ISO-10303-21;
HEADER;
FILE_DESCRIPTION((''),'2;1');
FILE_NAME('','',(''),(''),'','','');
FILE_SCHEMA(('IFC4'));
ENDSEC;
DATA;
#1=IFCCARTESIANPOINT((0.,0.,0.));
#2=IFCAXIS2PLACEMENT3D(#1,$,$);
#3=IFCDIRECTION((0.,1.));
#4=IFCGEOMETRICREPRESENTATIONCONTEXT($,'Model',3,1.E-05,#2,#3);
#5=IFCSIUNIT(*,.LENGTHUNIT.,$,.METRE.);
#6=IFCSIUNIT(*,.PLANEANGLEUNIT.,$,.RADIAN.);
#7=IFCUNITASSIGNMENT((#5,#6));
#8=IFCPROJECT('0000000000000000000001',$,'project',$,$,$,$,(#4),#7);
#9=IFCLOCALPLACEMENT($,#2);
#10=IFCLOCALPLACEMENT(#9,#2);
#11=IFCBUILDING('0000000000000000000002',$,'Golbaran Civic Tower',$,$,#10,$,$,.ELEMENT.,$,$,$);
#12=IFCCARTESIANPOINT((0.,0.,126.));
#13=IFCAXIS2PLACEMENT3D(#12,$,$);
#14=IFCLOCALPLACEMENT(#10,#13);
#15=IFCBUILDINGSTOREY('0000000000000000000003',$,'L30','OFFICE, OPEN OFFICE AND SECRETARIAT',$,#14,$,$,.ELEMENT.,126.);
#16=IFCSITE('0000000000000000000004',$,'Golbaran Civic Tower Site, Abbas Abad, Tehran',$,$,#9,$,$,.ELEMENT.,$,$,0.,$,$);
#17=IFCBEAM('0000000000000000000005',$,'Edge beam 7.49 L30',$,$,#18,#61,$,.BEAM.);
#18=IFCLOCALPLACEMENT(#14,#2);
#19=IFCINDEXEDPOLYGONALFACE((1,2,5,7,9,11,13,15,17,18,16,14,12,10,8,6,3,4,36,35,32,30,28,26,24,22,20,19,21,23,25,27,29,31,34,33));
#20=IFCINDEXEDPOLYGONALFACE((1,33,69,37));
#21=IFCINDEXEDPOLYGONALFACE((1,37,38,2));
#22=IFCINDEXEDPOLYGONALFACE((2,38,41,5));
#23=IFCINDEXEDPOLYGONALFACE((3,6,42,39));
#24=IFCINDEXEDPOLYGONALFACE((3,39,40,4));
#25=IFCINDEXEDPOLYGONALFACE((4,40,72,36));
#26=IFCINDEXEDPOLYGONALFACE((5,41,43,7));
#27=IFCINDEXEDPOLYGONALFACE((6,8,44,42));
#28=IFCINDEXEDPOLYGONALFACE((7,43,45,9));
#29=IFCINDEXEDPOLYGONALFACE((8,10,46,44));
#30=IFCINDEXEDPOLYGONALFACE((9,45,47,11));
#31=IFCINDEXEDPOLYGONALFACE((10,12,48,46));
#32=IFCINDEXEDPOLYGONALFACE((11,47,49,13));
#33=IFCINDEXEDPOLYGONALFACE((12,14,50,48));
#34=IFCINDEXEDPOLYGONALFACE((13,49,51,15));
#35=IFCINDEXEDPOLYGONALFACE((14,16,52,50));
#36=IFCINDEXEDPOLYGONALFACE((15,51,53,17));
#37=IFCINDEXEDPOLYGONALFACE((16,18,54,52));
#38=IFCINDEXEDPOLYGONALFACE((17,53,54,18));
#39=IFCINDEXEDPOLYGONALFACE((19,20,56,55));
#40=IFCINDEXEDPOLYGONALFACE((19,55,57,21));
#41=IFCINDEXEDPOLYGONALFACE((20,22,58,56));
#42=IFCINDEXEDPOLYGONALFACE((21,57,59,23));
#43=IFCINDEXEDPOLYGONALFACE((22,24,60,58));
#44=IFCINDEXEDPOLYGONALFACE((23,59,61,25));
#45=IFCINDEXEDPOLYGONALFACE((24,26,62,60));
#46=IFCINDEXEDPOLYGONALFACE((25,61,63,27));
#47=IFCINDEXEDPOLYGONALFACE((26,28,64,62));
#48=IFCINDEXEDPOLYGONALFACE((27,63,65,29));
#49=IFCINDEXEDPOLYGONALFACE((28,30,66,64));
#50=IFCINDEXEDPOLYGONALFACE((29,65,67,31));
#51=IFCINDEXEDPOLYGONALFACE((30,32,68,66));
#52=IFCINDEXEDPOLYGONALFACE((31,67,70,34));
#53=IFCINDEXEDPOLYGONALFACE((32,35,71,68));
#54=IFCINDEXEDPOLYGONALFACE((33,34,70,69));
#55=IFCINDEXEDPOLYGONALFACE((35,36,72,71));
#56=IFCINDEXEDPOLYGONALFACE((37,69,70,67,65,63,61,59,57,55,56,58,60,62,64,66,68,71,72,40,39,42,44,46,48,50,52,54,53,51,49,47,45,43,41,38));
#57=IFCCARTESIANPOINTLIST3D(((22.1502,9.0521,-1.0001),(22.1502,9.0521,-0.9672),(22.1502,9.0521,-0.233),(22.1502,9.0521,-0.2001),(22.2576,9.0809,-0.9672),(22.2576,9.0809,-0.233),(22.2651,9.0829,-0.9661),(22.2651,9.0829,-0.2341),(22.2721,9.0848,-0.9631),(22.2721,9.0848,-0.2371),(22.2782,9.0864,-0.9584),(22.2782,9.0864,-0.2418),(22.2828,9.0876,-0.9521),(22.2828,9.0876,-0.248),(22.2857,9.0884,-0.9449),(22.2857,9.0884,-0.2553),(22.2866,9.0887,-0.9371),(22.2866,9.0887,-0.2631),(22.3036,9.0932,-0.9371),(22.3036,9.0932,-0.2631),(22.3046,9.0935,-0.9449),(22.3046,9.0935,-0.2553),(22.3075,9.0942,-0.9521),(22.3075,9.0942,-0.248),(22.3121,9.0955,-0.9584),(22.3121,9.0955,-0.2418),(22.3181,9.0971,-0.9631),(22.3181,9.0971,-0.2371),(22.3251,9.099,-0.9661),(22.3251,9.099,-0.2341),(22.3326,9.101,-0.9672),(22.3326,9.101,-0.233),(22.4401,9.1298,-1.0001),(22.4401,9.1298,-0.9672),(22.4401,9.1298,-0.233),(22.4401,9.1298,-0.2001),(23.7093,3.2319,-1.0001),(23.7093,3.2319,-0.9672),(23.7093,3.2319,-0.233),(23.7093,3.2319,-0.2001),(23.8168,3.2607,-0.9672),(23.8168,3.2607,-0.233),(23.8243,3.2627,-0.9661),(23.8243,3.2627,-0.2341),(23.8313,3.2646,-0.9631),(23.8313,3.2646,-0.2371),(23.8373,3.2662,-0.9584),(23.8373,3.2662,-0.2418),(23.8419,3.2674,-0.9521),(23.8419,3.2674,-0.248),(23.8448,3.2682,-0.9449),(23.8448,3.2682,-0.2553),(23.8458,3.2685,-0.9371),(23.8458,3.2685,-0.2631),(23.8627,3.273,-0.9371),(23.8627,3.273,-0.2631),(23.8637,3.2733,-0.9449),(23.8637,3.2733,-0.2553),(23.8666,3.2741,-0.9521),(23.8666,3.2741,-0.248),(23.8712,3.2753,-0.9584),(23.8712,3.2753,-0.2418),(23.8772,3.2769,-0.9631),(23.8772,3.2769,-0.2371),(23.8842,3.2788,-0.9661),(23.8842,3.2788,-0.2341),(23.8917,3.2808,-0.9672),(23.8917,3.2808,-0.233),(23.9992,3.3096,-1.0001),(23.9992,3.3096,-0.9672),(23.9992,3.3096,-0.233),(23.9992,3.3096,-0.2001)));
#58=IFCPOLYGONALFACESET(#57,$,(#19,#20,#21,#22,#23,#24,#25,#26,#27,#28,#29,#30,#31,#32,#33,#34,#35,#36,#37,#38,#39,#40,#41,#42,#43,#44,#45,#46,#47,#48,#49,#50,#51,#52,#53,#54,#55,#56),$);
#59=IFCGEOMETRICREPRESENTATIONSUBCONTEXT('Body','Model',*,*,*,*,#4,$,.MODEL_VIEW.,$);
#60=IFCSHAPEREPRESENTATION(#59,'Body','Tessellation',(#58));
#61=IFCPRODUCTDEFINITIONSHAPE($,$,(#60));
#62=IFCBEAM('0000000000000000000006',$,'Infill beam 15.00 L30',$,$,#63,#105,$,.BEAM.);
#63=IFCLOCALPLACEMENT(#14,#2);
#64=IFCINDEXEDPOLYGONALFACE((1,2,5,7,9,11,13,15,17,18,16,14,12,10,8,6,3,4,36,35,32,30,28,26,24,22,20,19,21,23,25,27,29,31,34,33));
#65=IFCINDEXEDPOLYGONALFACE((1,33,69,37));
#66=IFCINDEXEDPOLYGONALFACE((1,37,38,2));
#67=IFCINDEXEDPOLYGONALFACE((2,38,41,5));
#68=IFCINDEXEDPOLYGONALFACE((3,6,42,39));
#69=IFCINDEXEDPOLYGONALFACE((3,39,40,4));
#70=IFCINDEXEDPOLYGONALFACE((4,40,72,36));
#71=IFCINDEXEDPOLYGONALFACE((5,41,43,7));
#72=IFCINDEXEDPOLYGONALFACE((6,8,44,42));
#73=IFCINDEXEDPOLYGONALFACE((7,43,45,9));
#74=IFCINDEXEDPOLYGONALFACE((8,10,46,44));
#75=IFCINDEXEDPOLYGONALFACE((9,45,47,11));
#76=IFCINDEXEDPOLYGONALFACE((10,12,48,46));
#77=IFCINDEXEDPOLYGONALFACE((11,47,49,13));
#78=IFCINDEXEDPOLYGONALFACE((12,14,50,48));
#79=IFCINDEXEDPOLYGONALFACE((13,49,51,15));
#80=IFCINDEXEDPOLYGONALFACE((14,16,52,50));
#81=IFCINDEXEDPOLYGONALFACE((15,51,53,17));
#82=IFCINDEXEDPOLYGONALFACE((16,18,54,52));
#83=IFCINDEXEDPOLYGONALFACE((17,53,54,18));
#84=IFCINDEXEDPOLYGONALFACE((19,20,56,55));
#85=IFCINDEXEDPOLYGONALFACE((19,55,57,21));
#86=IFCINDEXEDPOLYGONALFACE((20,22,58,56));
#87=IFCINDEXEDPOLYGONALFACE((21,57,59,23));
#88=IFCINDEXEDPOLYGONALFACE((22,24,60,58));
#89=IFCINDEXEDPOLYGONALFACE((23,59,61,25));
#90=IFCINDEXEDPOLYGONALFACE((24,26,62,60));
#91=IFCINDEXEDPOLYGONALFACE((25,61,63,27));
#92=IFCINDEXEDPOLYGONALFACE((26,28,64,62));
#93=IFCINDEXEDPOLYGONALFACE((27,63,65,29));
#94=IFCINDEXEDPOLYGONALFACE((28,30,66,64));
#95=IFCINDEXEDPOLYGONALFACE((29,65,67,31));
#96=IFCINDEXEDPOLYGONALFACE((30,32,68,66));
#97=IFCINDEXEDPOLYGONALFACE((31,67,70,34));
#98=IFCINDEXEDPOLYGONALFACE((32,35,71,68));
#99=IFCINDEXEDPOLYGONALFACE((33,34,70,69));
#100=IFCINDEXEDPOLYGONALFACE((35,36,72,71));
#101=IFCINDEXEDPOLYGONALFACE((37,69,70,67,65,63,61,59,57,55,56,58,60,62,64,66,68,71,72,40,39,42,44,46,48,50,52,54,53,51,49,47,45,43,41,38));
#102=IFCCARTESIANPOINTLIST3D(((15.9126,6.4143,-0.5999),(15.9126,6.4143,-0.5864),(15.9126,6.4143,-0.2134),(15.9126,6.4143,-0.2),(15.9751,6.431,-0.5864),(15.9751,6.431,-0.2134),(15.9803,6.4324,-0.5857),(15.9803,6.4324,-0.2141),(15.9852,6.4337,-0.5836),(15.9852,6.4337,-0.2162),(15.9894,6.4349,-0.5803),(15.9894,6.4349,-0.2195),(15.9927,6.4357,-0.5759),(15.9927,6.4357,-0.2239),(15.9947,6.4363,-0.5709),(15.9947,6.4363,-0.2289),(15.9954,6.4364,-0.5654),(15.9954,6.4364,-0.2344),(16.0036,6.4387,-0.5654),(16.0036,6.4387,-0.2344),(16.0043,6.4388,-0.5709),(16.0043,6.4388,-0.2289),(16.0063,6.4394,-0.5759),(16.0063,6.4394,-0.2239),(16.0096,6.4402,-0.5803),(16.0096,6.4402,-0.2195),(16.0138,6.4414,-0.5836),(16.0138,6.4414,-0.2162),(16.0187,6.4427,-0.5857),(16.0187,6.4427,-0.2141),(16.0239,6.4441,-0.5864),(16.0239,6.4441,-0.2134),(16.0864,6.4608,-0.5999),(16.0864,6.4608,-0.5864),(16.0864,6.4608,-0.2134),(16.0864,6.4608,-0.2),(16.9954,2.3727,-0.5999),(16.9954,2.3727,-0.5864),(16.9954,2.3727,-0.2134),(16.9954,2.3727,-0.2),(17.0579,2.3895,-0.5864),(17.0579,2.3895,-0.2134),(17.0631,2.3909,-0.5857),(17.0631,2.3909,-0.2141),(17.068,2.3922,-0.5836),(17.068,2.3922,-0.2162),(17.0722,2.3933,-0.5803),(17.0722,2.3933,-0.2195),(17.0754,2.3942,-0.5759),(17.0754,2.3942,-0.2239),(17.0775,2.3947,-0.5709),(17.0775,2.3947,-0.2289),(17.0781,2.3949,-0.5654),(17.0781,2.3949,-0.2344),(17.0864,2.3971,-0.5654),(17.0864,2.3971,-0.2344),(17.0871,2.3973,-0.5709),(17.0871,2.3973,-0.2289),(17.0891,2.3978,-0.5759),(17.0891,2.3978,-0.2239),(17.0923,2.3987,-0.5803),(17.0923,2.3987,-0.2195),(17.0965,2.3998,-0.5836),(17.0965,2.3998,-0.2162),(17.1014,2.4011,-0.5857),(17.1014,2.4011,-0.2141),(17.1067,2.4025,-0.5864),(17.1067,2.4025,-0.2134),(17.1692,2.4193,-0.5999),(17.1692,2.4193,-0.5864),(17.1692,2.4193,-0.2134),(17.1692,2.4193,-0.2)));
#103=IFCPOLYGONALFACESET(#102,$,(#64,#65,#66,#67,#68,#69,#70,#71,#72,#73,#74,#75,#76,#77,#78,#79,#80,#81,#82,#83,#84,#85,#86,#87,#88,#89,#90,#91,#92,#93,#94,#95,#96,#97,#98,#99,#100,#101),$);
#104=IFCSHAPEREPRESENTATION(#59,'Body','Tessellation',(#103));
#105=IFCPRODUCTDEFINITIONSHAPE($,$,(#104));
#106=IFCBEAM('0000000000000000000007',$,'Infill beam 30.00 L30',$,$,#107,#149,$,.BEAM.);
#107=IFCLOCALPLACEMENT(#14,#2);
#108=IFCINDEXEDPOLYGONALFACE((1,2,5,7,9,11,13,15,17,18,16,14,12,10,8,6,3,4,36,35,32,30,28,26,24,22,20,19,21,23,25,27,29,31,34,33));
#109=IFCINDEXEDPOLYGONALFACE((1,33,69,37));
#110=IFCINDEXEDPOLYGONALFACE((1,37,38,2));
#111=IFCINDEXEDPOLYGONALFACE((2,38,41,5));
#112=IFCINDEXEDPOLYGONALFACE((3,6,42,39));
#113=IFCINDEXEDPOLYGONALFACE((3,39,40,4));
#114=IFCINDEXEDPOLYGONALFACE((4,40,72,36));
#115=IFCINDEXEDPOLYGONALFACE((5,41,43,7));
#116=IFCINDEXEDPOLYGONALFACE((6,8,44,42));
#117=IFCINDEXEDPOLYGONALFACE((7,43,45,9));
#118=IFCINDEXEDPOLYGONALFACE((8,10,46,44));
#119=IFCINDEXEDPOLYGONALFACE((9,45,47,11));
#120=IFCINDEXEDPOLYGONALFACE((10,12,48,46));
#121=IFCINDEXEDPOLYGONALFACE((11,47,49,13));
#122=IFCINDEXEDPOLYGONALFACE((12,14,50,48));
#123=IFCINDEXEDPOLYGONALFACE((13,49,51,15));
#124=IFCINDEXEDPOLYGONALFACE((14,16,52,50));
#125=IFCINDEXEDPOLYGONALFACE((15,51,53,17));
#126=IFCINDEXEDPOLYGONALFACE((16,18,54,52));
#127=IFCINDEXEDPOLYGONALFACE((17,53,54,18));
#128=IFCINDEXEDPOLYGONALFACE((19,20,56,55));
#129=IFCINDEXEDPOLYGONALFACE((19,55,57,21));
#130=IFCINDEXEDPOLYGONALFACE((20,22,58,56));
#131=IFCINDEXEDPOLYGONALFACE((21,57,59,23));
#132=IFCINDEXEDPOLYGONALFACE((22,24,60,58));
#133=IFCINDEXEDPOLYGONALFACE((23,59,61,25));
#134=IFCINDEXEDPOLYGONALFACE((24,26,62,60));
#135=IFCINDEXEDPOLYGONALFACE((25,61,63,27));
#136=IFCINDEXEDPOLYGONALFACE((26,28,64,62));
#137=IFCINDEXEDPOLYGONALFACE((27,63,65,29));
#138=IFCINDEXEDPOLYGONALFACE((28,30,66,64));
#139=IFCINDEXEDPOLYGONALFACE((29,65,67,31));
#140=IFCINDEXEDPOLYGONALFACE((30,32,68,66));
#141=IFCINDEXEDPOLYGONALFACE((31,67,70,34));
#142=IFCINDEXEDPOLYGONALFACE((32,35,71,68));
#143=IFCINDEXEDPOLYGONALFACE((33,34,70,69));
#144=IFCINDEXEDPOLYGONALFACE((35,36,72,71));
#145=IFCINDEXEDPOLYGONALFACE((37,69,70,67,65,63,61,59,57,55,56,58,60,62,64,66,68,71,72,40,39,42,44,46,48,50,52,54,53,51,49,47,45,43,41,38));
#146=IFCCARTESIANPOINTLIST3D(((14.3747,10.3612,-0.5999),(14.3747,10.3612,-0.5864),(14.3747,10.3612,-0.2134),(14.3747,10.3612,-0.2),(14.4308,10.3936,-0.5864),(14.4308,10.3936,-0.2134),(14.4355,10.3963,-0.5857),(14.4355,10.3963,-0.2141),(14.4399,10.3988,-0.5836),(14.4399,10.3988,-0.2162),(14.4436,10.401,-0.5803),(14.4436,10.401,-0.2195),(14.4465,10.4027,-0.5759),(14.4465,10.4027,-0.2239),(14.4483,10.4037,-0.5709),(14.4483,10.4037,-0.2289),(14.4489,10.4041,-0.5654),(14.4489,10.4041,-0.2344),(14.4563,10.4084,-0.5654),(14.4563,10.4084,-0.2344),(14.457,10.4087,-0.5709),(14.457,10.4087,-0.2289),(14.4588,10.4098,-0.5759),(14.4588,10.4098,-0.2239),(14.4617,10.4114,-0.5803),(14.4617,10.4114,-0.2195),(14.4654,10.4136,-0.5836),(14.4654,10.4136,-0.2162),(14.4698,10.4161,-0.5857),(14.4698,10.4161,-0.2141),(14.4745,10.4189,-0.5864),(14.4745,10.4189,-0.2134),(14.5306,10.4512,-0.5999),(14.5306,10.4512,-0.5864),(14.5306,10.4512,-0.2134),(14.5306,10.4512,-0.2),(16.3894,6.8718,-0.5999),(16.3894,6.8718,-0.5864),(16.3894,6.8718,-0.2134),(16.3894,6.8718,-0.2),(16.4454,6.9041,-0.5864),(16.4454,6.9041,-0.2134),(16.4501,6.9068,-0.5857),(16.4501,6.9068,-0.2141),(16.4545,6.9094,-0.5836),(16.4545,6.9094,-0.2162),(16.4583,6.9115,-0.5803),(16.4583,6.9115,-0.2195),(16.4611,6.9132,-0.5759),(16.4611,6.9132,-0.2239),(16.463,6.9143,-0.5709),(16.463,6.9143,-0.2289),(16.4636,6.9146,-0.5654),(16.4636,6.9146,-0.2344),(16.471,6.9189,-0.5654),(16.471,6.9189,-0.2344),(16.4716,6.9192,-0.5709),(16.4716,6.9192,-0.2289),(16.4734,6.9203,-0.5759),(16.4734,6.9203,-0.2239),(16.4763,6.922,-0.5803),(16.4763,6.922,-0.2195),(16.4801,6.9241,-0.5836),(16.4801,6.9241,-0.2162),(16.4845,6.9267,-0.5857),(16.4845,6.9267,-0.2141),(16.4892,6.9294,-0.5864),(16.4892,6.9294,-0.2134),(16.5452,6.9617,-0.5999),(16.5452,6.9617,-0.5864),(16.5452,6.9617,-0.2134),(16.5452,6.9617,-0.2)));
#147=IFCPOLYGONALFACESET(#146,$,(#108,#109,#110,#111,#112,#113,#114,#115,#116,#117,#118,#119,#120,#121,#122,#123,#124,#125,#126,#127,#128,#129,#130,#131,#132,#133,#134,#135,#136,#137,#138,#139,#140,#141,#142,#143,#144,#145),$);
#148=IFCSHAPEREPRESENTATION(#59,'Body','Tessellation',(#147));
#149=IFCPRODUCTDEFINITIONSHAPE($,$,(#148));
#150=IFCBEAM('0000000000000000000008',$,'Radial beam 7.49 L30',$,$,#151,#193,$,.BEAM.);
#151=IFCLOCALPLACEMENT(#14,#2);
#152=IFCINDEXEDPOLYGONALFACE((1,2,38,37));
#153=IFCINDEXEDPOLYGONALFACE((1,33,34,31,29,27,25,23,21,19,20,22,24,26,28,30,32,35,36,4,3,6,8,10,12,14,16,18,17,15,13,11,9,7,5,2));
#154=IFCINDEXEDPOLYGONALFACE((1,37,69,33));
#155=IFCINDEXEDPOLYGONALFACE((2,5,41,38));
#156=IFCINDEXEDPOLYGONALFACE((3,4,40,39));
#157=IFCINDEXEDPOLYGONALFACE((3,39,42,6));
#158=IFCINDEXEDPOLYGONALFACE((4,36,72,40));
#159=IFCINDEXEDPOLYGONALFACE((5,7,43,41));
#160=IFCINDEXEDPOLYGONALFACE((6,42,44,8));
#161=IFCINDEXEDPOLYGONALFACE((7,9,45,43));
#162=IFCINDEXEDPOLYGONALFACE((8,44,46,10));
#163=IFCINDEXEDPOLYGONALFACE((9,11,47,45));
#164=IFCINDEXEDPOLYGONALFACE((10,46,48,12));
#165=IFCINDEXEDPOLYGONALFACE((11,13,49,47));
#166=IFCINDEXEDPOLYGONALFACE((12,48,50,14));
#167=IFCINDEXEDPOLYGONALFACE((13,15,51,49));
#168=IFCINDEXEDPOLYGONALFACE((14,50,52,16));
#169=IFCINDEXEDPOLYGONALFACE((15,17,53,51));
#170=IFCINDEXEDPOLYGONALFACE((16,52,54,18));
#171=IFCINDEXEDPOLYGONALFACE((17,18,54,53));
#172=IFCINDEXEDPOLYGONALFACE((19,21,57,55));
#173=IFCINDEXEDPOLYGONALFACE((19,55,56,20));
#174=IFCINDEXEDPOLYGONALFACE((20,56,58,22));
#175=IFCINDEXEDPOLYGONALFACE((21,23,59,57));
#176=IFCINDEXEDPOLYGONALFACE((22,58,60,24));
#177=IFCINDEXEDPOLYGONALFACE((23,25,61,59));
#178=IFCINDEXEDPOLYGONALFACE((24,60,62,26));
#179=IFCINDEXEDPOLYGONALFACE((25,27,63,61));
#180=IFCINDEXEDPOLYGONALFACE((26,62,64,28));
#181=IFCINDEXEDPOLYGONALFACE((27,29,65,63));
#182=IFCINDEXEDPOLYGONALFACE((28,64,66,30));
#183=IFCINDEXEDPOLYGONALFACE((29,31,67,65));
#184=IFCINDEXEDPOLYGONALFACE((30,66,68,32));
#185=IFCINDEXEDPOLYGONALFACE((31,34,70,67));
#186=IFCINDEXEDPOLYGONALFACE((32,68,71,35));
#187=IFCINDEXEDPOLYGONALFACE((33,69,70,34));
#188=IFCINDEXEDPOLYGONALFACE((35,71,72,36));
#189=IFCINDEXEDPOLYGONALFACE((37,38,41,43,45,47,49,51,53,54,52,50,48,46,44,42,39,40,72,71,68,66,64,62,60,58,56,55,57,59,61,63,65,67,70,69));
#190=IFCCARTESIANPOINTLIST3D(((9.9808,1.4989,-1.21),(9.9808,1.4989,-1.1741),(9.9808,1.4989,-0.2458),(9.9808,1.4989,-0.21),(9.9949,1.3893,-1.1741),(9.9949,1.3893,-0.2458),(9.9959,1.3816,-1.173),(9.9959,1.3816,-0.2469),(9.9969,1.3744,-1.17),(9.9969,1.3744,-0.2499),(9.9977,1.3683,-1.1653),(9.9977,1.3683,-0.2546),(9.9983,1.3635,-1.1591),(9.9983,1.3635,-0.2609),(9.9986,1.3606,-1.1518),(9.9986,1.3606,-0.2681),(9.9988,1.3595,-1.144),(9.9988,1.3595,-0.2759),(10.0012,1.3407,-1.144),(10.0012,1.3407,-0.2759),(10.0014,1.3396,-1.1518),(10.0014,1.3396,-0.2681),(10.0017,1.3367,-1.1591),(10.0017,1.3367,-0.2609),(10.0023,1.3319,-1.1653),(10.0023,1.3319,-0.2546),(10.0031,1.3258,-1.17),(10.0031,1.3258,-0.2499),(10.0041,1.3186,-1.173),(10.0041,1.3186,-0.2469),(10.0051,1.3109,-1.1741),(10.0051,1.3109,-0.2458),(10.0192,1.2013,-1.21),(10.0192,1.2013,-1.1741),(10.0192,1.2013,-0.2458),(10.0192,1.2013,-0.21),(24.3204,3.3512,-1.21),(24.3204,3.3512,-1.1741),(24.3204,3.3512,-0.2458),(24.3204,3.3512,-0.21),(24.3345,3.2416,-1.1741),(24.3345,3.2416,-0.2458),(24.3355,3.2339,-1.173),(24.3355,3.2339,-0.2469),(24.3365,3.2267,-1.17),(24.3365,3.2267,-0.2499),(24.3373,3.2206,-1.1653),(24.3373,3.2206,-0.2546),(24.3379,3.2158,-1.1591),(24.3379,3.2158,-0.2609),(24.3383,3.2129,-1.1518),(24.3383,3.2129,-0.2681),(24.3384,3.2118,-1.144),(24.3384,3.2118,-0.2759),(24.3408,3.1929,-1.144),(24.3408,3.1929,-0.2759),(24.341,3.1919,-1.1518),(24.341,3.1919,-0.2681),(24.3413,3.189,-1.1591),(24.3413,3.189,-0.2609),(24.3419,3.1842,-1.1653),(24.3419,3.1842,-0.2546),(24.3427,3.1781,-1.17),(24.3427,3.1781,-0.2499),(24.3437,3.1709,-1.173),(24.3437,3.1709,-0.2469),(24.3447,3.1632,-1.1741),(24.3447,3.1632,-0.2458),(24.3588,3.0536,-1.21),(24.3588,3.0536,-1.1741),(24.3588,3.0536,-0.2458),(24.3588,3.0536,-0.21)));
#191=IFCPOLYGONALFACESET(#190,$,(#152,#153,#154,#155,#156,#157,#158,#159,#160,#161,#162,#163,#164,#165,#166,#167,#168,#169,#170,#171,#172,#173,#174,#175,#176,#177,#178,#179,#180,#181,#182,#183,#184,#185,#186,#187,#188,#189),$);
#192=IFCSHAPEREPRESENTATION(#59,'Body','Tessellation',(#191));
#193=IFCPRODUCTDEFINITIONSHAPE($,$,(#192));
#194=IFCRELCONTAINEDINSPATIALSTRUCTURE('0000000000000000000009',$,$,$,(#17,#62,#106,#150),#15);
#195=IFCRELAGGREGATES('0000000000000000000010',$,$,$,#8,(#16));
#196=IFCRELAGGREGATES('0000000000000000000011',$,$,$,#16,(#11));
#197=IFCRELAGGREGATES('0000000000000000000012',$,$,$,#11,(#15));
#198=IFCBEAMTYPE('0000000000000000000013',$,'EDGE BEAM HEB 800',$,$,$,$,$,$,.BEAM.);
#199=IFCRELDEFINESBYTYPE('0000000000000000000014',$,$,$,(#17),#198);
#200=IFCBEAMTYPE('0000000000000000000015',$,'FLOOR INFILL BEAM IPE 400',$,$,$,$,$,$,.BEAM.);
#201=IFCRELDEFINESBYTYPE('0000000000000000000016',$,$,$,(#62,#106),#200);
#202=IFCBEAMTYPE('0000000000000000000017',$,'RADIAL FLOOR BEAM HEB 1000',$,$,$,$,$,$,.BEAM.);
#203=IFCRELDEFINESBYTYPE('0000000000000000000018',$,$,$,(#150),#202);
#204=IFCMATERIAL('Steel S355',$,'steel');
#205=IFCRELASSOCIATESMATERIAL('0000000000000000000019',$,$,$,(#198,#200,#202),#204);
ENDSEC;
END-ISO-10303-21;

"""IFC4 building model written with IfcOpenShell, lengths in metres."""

from ifc_helpers import new_model, si_unit, direction, frame, origin, origin_2d, place, context, subcontext, project, spatial, i_section, extrude, material, material_profile, profile_set, type_object, element, save


model = new_model("IFC4")

# Units and contexts
model_context = context("Model", 3, precision=1e-05, world=origin(), true_north=direction((0.0, 1.0)))
body_context = subcontext(model_context, "Body", "Model", "MODEL_VIEW")
ifc_project = project(units=[si_unit("LENGTHUNIT", "METRE"), si_unit("PLANEANGLEUNIT", "RADIAN")], contexts=[model_context])

# Site, building, storey
site_placement = place(None, origin())
site = spatial("IfcSite", under=ifc_project, at=site_placement, Name="Golbaran Civic Tower Site, Abbas Abad, Tehran", CompositionType="ELEMENT", RefElevation=0.0)
building_placement = place(site_placement, origin())
building = spatial("IfcBuilding", under=site, at=building_placement, Name="Golbaran Civic Tower", CompositionType="ELEMENT")
storey_placement = place(building_placement, frame((0.0, 0.0, 126.0)))
storey = spatial("IfcBuildingStorey", under=building, at=storey_placement, Name="L30", Description="OFFICE, OPEN OFFICE AND SECRETARIAT", CompositionType="ELEMENT", Elevation=126.0)

# Beams
ifc_material_1 = material(Name="Steel S355", Category="steel")
ifc_material_profile_1 = material_profile(ifc_material_1, i_section(OverallWidth=0.3, OverallDepth=0.8, WebThickness=0.0176, FlangeThickness=0.033, FilletRadius=0.03, at=origin_2d()), Name="HEB 800")
ifc_profile_set_1 = profile_set([ifc_material_profile_1], Name="Steel S355")
beam_type_1 = type_object("IfcBeamType", Name="EDGE BEAM HEB 800", PredefinedType="BEAM", material=ifc_profile_set_1)
beam_1_placement = place(storey_placement, frame((23.8542, 3.2708, -0.6001), z_axis=(-0.258757, 0.965942, 0.0), x_axis=(-0.965942, -0.258757, 0.0)))
element("IfcBeam", 1, at=beam_1_placement, inside=storey, type_object=beam_type_1, Name="Edge beam 7.49 L30", PredefinedType="BEAM", context=body_context, shape_type="SweptSolid", body=[
    extrude(i_section(OverallWidth=0.3, OverallDepth=0.8, WebThickness=0.0176, FlangeThickness=0.033, FilletRadius=0.03, at=origin_2d()), origin(), (0.0, 0.0, 1.0), 6.0254),
])
ifc_material_profile_2 = material_profile(ifc_material_1, i_section(OverallWidth=0.1799, OverallDepth=0.3999, WebThickness=0.0085, FlangeThickness=0.0134, FilletRadius=0.021, at=origin_2d()), Name="IPE 400")
ifc_profile_set_2 = profile_set([ifc_material_profile_2], Name="Steel S355")
beam_type_2 = type_object("IfcBeamType", Name="FLOOR INFILL BEAM IPE 400", PredefinedType="BEAM", material=ifc_profile_set_2)
beam_2_placement = place(storey_placement, frame((17.0823, 2.396, -0.3999), z_axis=(-0.258785, 0.965935, 0.0), x_axis=(-0.965935, -0.258785, 0.0)))
element("IfcBeam", 2, at=beam_2_placement, inside=storey, type_object=beam_type_2, Name="Infill beam 15.00 L30", PredefinedType="BEAM", context=body_context, shape_type="SweptSolid", body=[
    extrude(i_section(OverallWidth=0.1799, OverallDepth=0.3999, WebThickness=0.0085, FlangeThickness=0.0134, FilletRadius=0.021, at=origin_2d()), origin(), (0.0, 0.0, 1.0), 4.1841),
])
beam_3_placement = place(storey_placement, frame((16.4673, 6.9167, -0.3999), z_axis=(-0.499997, 0.866027, 0.0), x_axis=(-0.866027, -0.499997, 0.0)))
element("IfcBeam", 3, at=beam_3_placement, inside=storey, type_object=beam_type_2, Name="Infill beam 30.00 L30", PredefinedType="BEAM", context=body_context, shape_type="SweptSolid", body=[
    extrude(i_section(OverallWidth=0.1799, OverallDepth=0.3999, WebThickness=0.0085, FlangeThickness=0.0134, FilletRadius=0.021, at=origin_2d()), origin(), (0.0, 0.0, 1.0), 4.0293),
])
ifc_material_profile_3 = material_profile(ifc_material_1, i_section(OverallWidth=0.3, OverallDepth=1.0, WebThickness=0.019, FlangeThickness=0.0359, FilletRadius=0.03, at=origin_2d()), Name="HEB 1000")
ifc_profile_set_3 = profile_set([ifc_material_profile_3], Name="Steel S355")
beam_type_3 = type_object("IfcBeamType", Name="RADIAL FLOOR BEAM HEB 1000", PredefinedType="BEAM", material=ifc_profile_set_3)
beam_4_placement = place(storey_placement, frame((10.0, 1.3501, -0.71), z_axis=(0.99176, 0.128109, 0.0), x_axis=(-0.128109, 0.99176, 0.0)))
element("IfcBeam", 4, at=beam_4_placement, inside=storey, type_object=beam_type_3, Name="Radial beam 7.49 L30", PredefinedType="BEAM", context=body_context, shape_type="SweptSolid", body=[
    extrude(i_section(OverallWidth=0.3, OverallDepth=1.0, WebThickness=0.019, FlangeThickness=0.0359, FilletRadius=0.03, at=origin_2d()), origin(), (0.0, 0.0, 1.0), 14.4587),
])

save(model, "model.ifc")
